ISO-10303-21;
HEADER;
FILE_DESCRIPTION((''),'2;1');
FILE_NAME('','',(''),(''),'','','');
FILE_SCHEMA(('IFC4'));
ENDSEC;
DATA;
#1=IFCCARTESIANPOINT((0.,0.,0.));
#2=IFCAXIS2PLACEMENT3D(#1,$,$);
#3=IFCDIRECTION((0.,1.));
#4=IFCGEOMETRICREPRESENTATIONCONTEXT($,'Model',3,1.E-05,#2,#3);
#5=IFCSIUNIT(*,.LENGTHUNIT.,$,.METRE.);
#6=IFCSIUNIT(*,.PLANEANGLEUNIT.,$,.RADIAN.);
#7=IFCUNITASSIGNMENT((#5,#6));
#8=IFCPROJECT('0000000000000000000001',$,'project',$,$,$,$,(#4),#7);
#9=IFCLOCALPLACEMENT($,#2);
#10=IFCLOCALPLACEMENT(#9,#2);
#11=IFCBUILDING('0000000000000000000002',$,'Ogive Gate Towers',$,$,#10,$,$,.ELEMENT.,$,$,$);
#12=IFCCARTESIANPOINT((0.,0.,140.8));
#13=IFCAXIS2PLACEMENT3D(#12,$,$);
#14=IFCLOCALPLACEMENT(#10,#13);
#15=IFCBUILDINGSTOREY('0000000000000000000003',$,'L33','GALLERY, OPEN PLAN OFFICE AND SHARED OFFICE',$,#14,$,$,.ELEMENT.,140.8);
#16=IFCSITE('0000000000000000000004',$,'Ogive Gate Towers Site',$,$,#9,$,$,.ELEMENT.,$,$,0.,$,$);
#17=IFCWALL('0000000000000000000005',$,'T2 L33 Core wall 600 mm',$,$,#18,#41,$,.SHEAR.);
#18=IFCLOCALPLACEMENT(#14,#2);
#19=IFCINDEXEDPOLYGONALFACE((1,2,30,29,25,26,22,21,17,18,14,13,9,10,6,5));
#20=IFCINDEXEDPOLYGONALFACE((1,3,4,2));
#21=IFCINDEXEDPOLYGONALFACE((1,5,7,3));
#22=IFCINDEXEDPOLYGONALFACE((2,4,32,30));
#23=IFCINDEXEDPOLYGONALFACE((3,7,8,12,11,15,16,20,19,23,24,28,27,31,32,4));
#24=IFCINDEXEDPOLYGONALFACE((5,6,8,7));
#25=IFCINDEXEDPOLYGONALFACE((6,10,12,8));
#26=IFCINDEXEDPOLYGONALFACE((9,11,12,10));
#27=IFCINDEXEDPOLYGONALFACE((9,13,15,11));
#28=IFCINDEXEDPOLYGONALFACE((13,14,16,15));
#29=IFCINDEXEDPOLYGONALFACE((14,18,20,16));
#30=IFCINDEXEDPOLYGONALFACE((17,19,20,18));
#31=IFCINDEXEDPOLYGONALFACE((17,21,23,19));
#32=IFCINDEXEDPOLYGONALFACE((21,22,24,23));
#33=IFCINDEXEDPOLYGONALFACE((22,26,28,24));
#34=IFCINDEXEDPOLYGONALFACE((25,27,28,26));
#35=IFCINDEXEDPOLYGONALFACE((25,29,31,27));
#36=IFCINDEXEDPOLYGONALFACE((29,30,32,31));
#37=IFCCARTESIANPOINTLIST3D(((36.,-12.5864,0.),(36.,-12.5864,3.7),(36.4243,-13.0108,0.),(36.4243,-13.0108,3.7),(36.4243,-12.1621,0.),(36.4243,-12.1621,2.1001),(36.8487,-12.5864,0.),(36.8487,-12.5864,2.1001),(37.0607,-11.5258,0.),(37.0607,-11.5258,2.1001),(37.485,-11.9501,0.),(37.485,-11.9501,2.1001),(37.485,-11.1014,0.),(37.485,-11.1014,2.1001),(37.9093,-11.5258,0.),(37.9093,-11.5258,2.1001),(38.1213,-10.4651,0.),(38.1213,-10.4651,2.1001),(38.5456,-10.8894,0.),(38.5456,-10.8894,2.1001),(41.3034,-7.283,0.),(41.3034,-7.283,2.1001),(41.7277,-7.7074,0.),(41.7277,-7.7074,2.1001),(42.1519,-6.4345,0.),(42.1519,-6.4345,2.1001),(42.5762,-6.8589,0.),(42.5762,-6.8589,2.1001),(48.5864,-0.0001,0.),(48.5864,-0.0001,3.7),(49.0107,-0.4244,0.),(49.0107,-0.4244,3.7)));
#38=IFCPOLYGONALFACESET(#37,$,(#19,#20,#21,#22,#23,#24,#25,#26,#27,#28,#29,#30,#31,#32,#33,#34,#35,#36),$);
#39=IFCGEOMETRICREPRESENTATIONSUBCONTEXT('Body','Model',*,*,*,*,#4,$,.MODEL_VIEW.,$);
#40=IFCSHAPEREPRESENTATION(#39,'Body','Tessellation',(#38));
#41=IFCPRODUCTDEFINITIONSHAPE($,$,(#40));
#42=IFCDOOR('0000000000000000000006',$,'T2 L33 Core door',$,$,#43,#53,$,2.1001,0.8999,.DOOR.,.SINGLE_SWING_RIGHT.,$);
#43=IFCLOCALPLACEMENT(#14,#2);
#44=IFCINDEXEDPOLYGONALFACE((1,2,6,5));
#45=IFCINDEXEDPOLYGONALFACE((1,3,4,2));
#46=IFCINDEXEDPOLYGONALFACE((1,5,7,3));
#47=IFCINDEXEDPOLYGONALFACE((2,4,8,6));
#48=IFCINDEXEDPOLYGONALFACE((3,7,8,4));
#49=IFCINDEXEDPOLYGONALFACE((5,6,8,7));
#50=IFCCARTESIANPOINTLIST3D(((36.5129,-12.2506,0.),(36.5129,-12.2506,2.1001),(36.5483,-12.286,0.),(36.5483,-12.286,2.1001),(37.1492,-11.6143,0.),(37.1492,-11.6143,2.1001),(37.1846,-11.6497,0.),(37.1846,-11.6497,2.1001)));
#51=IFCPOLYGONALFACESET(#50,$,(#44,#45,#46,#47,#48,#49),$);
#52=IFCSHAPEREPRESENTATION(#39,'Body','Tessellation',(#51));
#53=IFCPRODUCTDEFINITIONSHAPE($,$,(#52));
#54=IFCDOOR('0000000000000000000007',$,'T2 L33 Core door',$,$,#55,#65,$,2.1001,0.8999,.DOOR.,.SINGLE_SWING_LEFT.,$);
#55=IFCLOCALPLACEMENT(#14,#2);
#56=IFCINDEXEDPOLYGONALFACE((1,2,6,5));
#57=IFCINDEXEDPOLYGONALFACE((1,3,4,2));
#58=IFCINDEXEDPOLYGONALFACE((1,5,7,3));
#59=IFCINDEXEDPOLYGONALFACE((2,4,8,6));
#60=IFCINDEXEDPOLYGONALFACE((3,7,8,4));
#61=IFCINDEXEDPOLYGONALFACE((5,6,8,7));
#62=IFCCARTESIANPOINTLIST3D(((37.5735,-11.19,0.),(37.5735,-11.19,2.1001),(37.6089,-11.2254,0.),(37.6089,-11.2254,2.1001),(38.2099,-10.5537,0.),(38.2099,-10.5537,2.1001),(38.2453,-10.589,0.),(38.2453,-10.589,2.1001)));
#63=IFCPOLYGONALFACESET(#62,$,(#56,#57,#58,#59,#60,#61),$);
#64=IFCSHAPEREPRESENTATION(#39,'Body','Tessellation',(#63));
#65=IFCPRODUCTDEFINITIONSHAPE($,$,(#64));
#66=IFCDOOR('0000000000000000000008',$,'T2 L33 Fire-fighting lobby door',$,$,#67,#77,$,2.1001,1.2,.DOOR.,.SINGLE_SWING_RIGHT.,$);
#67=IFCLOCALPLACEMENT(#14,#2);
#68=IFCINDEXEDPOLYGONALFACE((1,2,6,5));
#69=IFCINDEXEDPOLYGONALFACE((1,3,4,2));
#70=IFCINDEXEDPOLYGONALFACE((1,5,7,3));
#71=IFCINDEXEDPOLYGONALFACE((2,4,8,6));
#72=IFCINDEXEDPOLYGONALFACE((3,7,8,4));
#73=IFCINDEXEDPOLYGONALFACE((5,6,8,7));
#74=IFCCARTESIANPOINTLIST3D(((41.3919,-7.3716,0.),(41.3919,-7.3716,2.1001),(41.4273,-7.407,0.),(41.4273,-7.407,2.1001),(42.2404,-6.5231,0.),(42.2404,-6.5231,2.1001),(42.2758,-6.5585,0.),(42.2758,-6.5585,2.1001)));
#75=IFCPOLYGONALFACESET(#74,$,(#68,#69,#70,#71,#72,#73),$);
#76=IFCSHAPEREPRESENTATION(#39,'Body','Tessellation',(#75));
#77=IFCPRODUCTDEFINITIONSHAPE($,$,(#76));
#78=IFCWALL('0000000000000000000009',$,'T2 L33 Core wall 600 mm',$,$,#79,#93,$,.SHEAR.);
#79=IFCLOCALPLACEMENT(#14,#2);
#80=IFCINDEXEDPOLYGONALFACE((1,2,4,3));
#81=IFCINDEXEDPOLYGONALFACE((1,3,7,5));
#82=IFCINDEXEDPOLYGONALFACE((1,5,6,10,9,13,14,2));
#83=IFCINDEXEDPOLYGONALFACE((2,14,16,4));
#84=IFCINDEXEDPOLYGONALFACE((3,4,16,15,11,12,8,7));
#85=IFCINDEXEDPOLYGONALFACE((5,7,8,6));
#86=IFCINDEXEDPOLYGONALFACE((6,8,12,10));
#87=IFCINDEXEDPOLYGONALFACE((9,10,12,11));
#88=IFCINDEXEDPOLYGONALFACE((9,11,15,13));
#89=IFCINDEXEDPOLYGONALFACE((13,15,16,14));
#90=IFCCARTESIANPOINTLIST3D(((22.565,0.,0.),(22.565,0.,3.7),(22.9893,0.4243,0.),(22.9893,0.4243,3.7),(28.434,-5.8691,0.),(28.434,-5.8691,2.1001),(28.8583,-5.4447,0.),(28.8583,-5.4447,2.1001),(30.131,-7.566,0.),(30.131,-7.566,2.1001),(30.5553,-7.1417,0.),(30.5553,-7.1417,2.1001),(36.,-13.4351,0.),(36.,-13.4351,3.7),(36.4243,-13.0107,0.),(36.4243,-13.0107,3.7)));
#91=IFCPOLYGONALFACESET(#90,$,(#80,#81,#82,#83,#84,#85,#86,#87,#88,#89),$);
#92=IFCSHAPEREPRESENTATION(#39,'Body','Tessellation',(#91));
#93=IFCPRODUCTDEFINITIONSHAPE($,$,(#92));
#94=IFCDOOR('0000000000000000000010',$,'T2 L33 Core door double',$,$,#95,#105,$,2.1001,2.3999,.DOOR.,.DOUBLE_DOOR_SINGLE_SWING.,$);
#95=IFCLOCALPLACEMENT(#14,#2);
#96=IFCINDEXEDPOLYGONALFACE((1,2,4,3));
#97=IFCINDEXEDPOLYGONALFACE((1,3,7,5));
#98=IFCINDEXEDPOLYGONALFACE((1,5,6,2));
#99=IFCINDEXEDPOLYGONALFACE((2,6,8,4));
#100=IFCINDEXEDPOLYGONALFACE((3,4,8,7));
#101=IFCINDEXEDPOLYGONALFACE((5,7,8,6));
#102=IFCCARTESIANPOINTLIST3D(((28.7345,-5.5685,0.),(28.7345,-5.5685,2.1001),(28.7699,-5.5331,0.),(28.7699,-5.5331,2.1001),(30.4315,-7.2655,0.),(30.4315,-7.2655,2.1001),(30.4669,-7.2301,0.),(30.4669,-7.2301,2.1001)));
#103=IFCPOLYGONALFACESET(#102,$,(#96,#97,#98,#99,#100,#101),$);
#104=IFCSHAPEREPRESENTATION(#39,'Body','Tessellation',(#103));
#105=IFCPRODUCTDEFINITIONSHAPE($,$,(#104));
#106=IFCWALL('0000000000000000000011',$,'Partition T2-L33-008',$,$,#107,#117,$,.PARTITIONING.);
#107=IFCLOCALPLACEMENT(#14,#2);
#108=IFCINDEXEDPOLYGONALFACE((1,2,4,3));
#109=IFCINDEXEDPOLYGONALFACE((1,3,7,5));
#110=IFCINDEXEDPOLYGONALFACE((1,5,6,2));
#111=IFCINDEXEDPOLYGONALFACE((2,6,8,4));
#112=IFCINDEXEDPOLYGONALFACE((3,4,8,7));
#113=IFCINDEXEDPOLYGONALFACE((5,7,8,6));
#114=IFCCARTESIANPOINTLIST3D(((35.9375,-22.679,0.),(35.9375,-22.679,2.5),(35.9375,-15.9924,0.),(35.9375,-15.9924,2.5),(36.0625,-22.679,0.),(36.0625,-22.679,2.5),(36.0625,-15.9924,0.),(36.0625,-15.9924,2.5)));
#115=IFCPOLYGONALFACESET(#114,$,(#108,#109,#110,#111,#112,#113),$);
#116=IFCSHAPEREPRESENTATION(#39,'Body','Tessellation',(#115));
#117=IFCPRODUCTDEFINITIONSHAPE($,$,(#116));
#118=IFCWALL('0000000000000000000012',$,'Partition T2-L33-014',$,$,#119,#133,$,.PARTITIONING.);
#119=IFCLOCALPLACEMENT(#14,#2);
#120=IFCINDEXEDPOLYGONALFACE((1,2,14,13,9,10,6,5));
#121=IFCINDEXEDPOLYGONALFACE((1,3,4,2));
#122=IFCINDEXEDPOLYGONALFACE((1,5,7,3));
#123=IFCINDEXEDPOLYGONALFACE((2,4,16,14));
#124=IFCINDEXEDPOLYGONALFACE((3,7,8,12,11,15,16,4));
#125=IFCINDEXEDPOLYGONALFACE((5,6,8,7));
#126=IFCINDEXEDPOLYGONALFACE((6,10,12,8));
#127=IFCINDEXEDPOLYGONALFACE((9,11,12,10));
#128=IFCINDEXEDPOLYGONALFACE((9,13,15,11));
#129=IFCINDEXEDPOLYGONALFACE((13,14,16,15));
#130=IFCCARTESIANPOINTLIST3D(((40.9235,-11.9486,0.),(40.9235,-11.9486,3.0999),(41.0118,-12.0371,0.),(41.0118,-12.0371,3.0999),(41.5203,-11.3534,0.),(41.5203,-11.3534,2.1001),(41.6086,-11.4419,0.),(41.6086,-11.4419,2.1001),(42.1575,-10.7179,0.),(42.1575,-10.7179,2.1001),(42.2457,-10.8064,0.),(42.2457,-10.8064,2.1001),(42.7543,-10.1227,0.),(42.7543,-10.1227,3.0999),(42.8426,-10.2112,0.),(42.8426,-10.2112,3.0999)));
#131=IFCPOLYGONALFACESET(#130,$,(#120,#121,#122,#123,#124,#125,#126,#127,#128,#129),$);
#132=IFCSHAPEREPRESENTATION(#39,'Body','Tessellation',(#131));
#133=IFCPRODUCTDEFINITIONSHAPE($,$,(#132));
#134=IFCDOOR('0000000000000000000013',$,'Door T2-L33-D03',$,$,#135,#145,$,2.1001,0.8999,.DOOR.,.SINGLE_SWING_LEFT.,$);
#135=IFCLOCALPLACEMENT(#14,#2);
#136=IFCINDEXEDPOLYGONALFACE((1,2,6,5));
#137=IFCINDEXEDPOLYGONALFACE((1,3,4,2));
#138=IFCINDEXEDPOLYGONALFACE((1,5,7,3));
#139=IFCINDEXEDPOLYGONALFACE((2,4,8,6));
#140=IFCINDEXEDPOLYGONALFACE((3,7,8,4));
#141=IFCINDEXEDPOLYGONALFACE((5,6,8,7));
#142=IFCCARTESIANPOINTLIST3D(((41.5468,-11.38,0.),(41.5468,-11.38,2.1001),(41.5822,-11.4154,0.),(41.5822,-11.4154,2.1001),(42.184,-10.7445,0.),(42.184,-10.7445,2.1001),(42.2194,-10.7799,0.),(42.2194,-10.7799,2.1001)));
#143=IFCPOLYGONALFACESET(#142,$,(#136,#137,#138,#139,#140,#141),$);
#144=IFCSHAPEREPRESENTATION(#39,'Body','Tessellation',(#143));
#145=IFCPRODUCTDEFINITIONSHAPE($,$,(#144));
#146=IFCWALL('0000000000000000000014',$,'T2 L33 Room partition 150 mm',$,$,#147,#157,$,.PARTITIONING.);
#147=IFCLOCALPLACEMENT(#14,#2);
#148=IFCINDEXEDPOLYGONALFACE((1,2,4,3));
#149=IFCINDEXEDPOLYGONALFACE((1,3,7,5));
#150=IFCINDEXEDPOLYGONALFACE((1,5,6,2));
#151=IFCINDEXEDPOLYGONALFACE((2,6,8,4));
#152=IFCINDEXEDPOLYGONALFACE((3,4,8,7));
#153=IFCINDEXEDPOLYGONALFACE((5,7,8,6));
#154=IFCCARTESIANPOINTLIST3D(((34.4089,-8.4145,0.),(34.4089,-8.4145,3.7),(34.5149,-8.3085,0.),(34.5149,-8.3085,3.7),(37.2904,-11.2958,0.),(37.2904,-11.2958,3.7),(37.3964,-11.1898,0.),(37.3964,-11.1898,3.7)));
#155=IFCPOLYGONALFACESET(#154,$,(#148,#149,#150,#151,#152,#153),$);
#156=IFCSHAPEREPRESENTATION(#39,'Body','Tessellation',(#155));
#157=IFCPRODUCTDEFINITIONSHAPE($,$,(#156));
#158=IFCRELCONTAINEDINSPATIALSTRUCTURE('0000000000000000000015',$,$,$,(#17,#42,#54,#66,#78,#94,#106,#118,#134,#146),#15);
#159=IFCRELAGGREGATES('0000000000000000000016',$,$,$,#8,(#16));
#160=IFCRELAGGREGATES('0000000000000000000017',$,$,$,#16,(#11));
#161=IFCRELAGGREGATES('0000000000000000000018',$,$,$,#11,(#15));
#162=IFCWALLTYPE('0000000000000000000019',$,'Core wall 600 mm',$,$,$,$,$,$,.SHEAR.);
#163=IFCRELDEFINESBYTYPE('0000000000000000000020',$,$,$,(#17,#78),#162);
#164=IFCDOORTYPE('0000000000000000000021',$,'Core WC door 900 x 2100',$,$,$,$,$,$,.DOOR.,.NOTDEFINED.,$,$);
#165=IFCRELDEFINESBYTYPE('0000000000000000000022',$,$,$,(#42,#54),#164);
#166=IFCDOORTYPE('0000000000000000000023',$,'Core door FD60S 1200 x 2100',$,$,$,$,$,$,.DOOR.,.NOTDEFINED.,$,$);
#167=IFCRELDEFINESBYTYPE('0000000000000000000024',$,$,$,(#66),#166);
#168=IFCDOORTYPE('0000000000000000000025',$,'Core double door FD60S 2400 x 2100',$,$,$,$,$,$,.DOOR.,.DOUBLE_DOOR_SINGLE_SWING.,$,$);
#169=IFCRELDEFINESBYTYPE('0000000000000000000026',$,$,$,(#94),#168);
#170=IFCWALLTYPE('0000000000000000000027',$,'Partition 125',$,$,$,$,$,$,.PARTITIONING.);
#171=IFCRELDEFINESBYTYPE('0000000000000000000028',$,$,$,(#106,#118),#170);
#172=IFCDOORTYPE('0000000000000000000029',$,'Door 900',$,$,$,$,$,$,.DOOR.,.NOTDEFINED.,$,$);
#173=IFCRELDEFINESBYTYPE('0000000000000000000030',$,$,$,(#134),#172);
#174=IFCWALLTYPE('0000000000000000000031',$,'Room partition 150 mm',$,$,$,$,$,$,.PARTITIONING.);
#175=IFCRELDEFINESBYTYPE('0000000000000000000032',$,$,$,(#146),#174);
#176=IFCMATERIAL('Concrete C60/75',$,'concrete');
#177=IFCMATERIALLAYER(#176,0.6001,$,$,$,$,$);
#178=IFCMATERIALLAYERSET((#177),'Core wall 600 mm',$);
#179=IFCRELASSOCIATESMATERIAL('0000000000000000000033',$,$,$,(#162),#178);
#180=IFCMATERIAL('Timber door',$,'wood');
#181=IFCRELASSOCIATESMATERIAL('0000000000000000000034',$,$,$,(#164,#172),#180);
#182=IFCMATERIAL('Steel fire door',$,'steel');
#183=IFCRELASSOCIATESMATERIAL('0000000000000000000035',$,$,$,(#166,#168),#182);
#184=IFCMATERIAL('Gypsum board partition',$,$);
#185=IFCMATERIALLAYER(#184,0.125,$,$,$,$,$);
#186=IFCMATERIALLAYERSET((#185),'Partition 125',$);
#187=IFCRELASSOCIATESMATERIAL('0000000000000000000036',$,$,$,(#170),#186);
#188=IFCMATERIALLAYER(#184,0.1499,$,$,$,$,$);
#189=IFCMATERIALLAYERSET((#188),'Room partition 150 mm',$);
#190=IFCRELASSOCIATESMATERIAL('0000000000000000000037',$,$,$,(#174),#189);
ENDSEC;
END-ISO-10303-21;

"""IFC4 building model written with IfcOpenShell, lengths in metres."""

from ifc_helpers import new_model, si_unit, direction, frame, frame_2d, origin, place, context, subcontext, project, spatial, rectangle, extrude, material, layer, layer_set, type_object, element, fill, save


model = new_model("IFC4")

# Units and contexts
model_context = context("Model", 3, precision=1e-05, world=origin(), true_north=direction((0.0, 1.0)))
body_context = subcontext(model_context, "Body", "Model", "MODEL_VIEW")
ifc_project = project(units=[si_unit("LENGTHUNIT", "METRE"), si_unit("PLANEANGLEUNIT", "RADIAN")], contexts=[model_context])

# Site, building, storey
site_placement = place(None, origin())
site = spatial("IfcSite", under=ifc_project, at=site_placement, Name="Ogive Gate Towers Site", CompositionType="ELEMENT", RefElevation=0.0)
building_placement = place(site_placement, origin())
building = spatial("IfcBuilding", under=site, at=building_placement, Name="Ogive Gate Towers", CompositionType="ELEMENT")
storey_placement = place(building_placement, frame((0.0, 0.0, 140.8)))
storey = spatial("IfcBuildingStorey", under=building, at=storey_placement, Name="L33", Description="GALLERY, OPEN PLAN OFFICE AND SHARED OFFICE", CompositionType="ELEMENT", Elevation=140.8)

# Wall, openings, doors
ifc_material_1 = material(Name="Concrete C60/75", Category="concrete")
ifc_layer_1 = layer(ifc_material_1, 0.6001)
ifc_layer_set_1 = layer_set([ifc_layer_1], Name="Core wall 600 mm")
wall_type_1 = type_object("IfcWallType", Name="Core wall 600 mm", PredefinedType="SHEAR", material=ifc_layer_set_1)
wall_1_placement = place(storey_placement, frame((36.2122, -12.7986, 0.0), z_axis=(0.0, 0.0, 1.0), x_axis=(0.707107, 0.707107, 0.0)))
wall_1 = element("IfcWall", 1, at=wall_1_placement, inside=storey, type_object=wall_type_1, Name="T2 L33 Core wall 600 mm", PredefinedType="SHEAR", context=body_context, shape_type="SweptSolid", body=[
    extrude(rectangle(XDim=17.7998, YDim=0.6001, at=frame_2d((8.8999, 0.0))), origin(), (0.0, 0.0, 1.0), 3.7),
])
opening_1_placement = place(wall_1_placement, frame((7.5, 0.0, 0.0)))
opening_1 = element("IfcOpeningElement", 2, at=opening_1_placement, cuts=wall_1, PredefinedType="OPENING", context=body_context, shape_type="SweptSolid", body=[
    extrude(rectangle(XDim=1.2, YDim=2.1001, at=frame_2d((0.6001, 1.05))), frame((0.0, 0.3101, 0.0), z_axis=(0.0, -1.0, 0.0), x_axis=(1.0, 0.0, 0.0)), (0.0, 0.0, 1.0), 0.6201),
])
opening_2_placement = place(wall_1_placement, frame((0.6001, 0.0, 0.0)))
opening_2 = element("IfcOpeningElement", 3, at=opening_2_placement, cuts=wall_1, PredefinedType="OPENING", context=body_context, shape_type="SweptSolid", body=[
    extrude(rectangle(XDim=0.8999, YDim=2.1001, at=frame_2d((0.45, 1.05))), frame((0.0, 0.3101, 0.0), z_axis=(0.0, -1.0, 0.0), x_axis=(1.0, 0.0, 0.0)), (0.0, 0.0, 1.0), 0.6201),
])
opening_3_placement = place(wall_1_placement, frame((2.1001, 0.0, 0.0)))
opening_3 = element("IfcOpeningElement", 4, at=opening_3_placement, cuts=wall_1, PredefinedType="OPENING", context=body_context, shape_type="SweptSolid", body=[
    extrude(rectangle(XDim=0.8999, YDim=2.1001, at=frame_2d((0.45, 1.05))), frame((0.0, 0.3101, 0.0), z_axis=(0.0, -1.0, 0.0), x_axis=(1.0, 0.0, 0.0)), (0.0, 0.0, 1.0), 0.6201),
])
ifc_material_2 = material(Name="Timber door", Category="wood")
door_type_1 = type_object("IfcDoorType", Name="Core WC door 900 x 2100", OperationType="NOTDEFINED", PredefinedType="DOOR", material=ifc_material_2)
door_1_placement = place(opening_2_placement, origin())
door_1 = element("IfcDoor", 5, at=door_1_placement, inside=storey, type_object=door_type_1, Name="T2 L33 Core door", OperationType="SINGLE_SWING_RIGHT", OverallHeight=2.1001, OverallWidth=0.8999, PredefinedType="DOOR", context=body_context, shape_type="SweptSolid", body=[
    extrude(rectangle(XDim=0.8999, YDim=2.1001, at=frame_2d((0.45, 1.05))), frame((0.0, 0.1748, 0.0), z_axis=(0.0, -1.0, 0.0), x_axis=(1.0, 0.0, 0.0)), (0.0, 0.0, 1.0), 0.05),
])
fill(opening_2, door_1)
door_2_placement = place(opening_3_placement, origin())
door_2 = element("IfcDoor", 6, at=door_2_placement, inside=storey, type_object=door_type_1, Name="T2 L33 Core door", OperationType="SINGLE_SWING_LEFT", OverallHeight=2.1001, OverallWidth=0.8999, PredefinedType="DOOR", context=body_context, shape_type="SweptSolid", body=[
    extrude(rectangle(XDim=0.8999, YDim=2.1001, at=frame_2d((0.45, 1.05))), frame((0.0, 0.1748, 0.0), z_axis=(0.0, -1.0, 0.0), x_axis=(1.0, 0.0, 0.0)), (0.0, 0.0, 1.0), 0.05),
])
fill(opening_3, door_2)
ifc_material_3 = material(Name="Steel fire door", Category="steel")
door_type_2 = type_object("IfcDoorType", Name="Core door FD60S 1200 x 2100", OperationType="NOTDEFINED", PredefinedType="DOOR", material=ifc_material_3)
door_3_placement = place(opening_1_placement, origin())
door_3 = element("IfcDoor", 7, at=door_3_placement, inside=storey, type_object=door_type_2, Name="T2 L33 Fire-fighting lobby door", OperationType="SINGLE_SWING_RIGHT", OverallHeight=2.1001, OverallWidth=1.2, PredefinedType="DOOR", context=body_context, shape_type="SweptSolid", body=[
    extrude(rectangle(XDim=1.2, YDim=2.1001, at=frame_2d((0.6001, 1.05))), frame((0.0, 0.1748, 0.0), z_axis=(0.0, -1.0, 0.0), x_axis=(1.0, 0.0, 0.0)), (0.0, 0.0, 1.0), 0.05),
])
fill(opening_1, door_3)

# Wall, opening, door
wall_2_placement = place(storey_placement, frame((36.2122, -13.2229, 0.0), z_axis=(0.0, 0.0, 1.0), x_axis=(-0.707107, 0.707107, 0.0)))
wall_2 = element("IfcWall", 8, at=wall_2_placement, inside=storey, type_object=wall_type_1, Name="T2 L33 Core wall 600 mm", PredefinedType="SHEAR", context=body_context, shape_type="SweptSolid", body=[
    extrude(rectangle(XDim=19.0, YDim=0.6001, at=frame_2d((9.5, 0.0))), origin(), (0.0, 0.0, 1.0), 3.7),
])
opening_4_placement = place(wall_2_placement, frame((8.3, 0.0, 0.0)))
opening_4 = element("IfcOpeningElement", 9, at=opening_4_placement, cuts=wall_2, PredefinedType="OPENING", context=body_context, shape_type="SweptSolid", body=[
    extrude(rectangle(XDim=2.3999, YDim=2.1001, at=frame_2d((1.2, 1.05))), frame((0.0, 0.3101, 0.0), z_axis=(0.0, -1.0, 0.0), x_axis=(1.0, 0.0, 0.0)), (0.0, 0.0, 1.0), 0.6201),
])
door_type_3 = type_object("IfcDoorType", Name="Core double door FD60S 2400 x 2100", OperationType="DOUBLE_DOOR_SINGLE_SWING", PredefinedType="DOOR", material=ifc_material_3)
door_4_placement = place(opening_4_placement, origin())
door_4 = element("IfcDoor", 10, at=door_4_placement, inside=storey, type_object=door_type_3, Name="T2 L33 Core door double", OperationType="DOUBLE_DOOR_SINGLE_SWING", OverallHeight=2.1001, OverallWidth=2.3999, PredefinedType="DOOR", context=body_context, shape_type="SweptSolid", body=[
    extrude(rectangle(XDim=2.3999, YDim=2.1001, at=frame_2d((1.2, 1.05))), frame((0.0, -0.125, 0.0), z_axis=(0.0, -1.0, 0.0), x_axis=(1.0, 0.0, 0.0)), (0.0, 0.0, 1.0), 0.05),
])
fill(opening_4, door_4)

# Wall
ifc_material_4 = material(Name="Gypsum board partition")
ifc_layer_2 = layer(ifc_material_4, 0.125)
ifc_layer_set_2 = layer_set([ifc_layer_2], Name="Partition 125")
wall_type_2 = type_object("IfcWallType", Name="Partition 125", PredefinedType="PARTITIONING", material=ifc_layer_set_2)
wall_3_placement = place(storey_placement, frame((36.0, -22.679, 0.0), z_axis=(0.0, 0.0, 1.0), x_axis=(0.0, 1.0, 0.0)))
element("IfcWall", 11, at=wall_3_placement, inside=storey, type_object=wall_type_2, Name="Partition T2-L33-008", PredefinedType="PARTITIONING", context=body_context, shape_type="SweptSolid", body=[
    extrude(rectangle(XDim=6.6865, YDim=0.125, at=frame_2d((3.3433, 0.0))), origin(), (0.0, 0.0, 1.0), 2.5),
])

# Wall, opening, door
wall_4_placement = place(storey_placement, frame((40.9675, -11.9929, 0.0), z_axis=(0.0, 0.0, 1.0), x_axis=(0.70805, 0.706162, 0.0)))
wall_4 = element("IfcWall", 12, at=wall_4_placement, inside=storey, type_object=wall_type_2, Name="Partition T2-L33-014", PredefinedType="PARTITIONING", context=body_context, shape_type="SweptSolid", body=[
    extrude(rectangle(XDim=2.5857, YDim=0.125, at=frame_2d((1.293, 0.0))), origin(), (0.0, 0.0, 1.0), 3.0999),
])
opening_5_placement = place(wall_4_placement, frame((0.843, 0.0, 0.0)))
opening_5 = element("IfcOpeningElement", 13, at=opening_5_placement, cuts=wall_4, PredefinedType="OPENING", context=body_context, shape_type="SweptSolid", body=[
    extrude(rectangle(XDim=0.8999, YDim=2.1001, at=frame_2d((0.45, 1.05))), frame((0.0, 0.0725, 0.0), z_axis=(0.0, -1.0, 0.0), x_axis=(1.0, 0.0, 0.0)), (0.0, 0.0, 1.0), 0.145),
])
door_type_4 = type_object("IfcDoorType", Name="Door 900", OperationType="NOTDEFINED", PredefinedType="DOOR", material=ifc_material_2)
door_5_placement = place(opening_5_placement, origin())
door_5 = element("IfcDoor", 14, at=door_5_placement, inside=storey, type_object=door_type_4, Name="Door T2-L33-D03", OperationType="SINGLE_SWING_LEFT", OverallHeight=2.1001, OverallWidth=0.8999, PredefinedType="DOOR", context=body_context, shape_type="SweptSolid", body=[
    extrude(rectangle(XDim=0.8999, YDim=2.1001, at=frame_2d((0.45, 1.05))), frame((0.0, 0.0249, 0.0), z_axis=(0.0, -1.0, 0.0), x_axis=(1.0, 0.0, 0.0)), (0.0, 0.0, 1.0), 0.05),
])
fill(opening_5, door_5)

# Wall
ifc_layer_3 = layer(ifc_material_4, 0.1499)
ifc_layer_set_3 = layer_set([ifc_layer_3], Name="Room partition 150 mm")
wall_type_3 = type_object("IfcWallType", Name="Room partition 150 mm", PredefinedType="PARTITIONING", material=ifc_layer_set_3)
wall_5_placement = place(storey_placement, frame((37.3435, -11.2429, 0.0), z_axis=(0.0, 0.0, 1.0), x_axis=(-0.707137, 0.707077, 0.0)))
element("IfcWall", 15, at=wall_5_placement, inside=storey, type_object=wall_type_3, Name="T2 L33 Room partition 150 mm", PredefinedType="PARTITIONING", context=body_context, shape_type="SweptSolid", body=[
    extrude(rectangle(XDim=4.075, YDim=0.1499, at=frame_2d((2.0376, 0.0))), origin(), (0.0, 0.0, 1.0), 3.7),
])

save(model, "model.ifc")
